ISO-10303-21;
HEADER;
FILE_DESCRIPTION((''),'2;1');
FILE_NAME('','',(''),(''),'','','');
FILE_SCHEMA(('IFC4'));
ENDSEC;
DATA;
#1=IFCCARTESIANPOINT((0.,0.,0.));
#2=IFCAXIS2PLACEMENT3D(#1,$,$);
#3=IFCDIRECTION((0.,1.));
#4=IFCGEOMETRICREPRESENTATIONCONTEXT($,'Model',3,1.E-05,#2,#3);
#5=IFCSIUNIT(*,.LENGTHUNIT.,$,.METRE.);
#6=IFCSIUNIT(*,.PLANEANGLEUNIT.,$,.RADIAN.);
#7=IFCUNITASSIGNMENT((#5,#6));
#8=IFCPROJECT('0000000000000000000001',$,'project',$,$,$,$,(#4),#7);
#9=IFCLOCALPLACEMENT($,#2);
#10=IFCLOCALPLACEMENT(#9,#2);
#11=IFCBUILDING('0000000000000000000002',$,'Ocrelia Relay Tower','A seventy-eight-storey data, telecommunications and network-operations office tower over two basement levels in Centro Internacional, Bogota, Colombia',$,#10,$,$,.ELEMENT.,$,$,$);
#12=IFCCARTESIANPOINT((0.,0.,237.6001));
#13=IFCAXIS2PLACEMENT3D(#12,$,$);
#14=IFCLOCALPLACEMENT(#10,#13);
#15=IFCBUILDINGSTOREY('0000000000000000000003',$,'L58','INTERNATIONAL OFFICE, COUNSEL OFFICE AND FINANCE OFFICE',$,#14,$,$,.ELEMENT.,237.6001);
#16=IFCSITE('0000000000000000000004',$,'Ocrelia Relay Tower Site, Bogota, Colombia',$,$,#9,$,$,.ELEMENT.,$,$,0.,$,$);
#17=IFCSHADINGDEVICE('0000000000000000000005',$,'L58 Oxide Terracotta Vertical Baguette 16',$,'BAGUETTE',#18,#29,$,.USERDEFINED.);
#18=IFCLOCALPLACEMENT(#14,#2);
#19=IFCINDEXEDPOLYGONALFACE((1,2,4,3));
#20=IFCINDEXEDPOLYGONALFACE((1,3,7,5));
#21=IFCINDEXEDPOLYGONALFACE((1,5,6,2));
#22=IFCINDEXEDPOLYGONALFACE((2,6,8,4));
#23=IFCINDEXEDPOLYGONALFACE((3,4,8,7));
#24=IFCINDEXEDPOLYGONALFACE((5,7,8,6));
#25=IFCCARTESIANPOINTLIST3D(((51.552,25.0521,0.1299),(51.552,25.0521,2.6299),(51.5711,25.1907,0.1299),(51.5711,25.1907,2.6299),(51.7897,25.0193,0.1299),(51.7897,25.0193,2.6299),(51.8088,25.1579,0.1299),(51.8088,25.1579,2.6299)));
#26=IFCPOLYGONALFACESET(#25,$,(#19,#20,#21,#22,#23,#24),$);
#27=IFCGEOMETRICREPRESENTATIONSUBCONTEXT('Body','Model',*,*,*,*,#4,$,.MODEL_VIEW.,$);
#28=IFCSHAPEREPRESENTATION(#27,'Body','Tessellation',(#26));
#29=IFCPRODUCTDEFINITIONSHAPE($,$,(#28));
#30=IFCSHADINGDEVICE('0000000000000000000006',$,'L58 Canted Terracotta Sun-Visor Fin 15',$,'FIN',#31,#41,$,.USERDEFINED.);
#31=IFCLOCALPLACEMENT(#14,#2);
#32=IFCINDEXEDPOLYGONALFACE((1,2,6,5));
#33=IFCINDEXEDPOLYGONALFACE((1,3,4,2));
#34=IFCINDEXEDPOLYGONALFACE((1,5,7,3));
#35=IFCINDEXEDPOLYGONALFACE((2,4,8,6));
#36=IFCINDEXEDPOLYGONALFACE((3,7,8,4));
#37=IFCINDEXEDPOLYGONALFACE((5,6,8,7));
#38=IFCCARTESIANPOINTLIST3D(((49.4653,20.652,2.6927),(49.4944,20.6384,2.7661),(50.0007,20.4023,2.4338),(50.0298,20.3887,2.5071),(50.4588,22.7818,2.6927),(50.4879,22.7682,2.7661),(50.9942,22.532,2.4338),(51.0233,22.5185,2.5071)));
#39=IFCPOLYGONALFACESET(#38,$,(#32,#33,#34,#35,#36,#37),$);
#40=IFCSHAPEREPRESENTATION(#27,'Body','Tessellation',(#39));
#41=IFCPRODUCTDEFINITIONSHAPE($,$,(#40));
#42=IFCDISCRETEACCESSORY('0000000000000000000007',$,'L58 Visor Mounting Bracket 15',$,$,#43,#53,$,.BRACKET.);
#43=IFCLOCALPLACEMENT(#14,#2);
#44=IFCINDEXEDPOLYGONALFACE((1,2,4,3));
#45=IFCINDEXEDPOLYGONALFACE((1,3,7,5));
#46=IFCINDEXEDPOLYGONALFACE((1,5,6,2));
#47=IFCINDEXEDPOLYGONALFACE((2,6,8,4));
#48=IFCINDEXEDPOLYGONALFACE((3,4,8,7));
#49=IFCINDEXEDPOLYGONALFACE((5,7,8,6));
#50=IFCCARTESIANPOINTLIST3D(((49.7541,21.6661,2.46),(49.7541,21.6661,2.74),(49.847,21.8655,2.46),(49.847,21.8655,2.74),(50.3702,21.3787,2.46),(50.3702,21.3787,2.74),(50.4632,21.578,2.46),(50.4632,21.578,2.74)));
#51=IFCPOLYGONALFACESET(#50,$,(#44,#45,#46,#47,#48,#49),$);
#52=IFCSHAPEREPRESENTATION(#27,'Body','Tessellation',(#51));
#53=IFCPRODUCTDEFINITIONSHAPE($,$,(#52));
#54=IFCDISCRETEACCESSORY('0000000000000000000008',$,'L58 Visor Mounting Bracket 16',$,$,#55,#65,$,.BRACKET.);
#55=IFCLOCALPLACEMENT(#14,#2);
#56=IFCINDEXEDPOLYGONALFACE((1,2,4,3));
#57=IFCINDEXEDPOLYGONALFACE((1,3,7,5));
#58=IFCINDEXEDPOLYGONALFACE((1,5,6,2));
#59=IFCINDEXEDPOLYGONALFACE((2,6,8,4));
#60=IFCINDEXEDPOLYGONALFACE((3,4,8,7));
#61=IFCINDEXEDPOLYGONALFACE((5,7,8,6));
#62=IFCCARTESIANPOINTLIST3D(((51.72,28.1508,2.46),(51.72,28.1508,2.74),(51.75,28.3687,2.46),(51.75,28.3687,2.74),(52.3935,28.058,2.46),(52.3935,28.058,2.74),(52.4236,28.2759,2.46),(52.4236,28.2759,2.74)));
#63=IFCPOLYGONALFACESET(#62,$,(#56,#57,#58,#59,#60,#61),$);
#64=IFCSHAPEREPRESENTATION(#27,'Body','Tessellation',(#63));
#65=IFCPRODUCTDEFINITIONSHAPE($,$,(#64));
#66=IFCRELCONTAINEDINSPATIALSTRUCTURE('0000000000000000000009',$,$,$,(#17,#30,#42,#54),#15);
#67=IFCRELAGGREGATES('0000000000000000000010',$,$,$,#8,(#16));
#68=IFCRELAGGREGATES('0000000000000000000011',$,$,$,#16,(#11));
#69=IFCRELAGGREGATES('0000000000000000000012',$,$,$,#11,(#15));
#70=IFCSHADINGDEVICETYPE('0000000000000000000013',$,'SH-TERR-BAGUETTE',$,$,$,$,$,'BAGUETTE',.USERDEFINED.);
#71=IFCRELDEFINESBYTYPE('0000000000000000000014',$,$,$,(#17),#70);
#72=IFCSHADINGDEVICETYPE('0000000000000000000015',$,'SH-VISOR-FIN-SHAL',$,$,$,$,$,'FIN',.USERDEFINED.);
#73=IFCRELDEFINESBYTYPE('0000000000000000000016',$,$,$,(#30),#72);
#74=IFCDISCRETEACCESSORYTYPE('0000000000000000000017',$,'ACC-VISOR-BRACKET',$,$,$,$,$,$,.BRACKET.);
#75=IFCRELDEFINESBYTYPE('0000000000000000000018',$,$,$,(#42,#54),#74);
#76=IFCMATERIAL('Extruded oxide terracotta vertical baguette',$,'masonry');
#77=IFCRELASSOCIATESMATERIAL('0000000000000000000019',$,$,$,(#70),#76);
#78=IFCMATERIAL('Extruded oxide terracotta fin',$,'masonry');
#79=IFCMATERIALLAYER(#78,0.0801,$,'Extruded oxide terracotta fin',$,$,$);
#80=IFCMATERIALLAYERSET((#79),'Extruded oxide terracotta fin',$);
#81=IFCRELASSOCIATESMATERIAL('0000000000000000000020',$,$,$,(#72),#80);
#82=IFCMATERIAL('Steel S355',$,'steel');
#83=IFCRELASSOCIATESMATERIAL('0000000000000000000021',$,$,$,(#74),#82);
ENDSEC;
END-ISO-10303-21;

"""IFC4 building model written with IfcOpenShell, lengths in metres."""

from ifc_helpers import new_model, si_unit, direction, frame, origin, origin_2d, place, context, subcontext, project, spatial, rectangle, extrude, material, layer, layer_set, type_object, element, save


model = new_model("IFC4")

# Units and contexts
model_context = context("Model", 3, precision=1e-05, world=origin(), true_north=direction((0.0, 1.0)))
body_context = subcontext(model_context, "Body", "Model", "MODEL_VIEW")
ifc_project = project(units=[si_unit("LENGTHUNIT", "METRE"), si_unit("PLANEANGLEUNIT", "RADIAN")], contexts=[model_context])

# Site, building, storey
site_placement = place(None, origin())
site = spatial("IfcSite", under=ifc_project, at=site_placement, Name="Ocrelia Relay Tower Site, Bogota, Colombia", CompositionType="ELEMENT", RefElevation=0.0)
building_placement = place(site_placement, origin())
building = spatial("IfcBuilding", under=site, at=building_placement, Name="Ocrelia Relay Tower", Description="A seventy-eight-storey data, telecommunications and network-operations office tower over two basement levels in Centro Internacional, Bogota, Colombia", CompositionType="ELEMENT")
storey_placement = place(building_placement, frame((0.0, 0.0, 237.6001)))
storey = spatial("IfcBuildingStorey", under=building, at=storey_placement, Name="L58", Description="INTERNATIONAL OFFICE, COUNSEL OFFICE AND FINANCE OFFICE", CompositionType="ELEMENT", Elevation=237.6001)

# Shared definitions
ifc_material_1 = material(Name="Steel S355", Category="steel")

# Shading devices
ifc_material_2 = material(Name="Extruded oxide terracotta vertical baguette", Category="masonry")
shading_device_type_1 = type_object("IfcShadingDeviceType", Name="SH-TERR-BAGUETTE", ElementType="BAGUETTE", PredefinedType="USERDEFINED", material=ifc_material_2)
shading_device_1_placement = place(storey_placement, frame((51.6804, 25.105, 0.1299), z_axis=(0.0, 0.0, 1.0), x_axis=(0.136516, 0.990638, 0.0)))
element("IfcShadingDevice", 1, at=shading_device_1_placement, inside=storey, type_object=shading_device_type_1, Name="L58 Oxide Terracotta Vertical Baguette 16", ObjectType="BAGUETTE", PredefinedType="USERDEFINED", context=body_context, shape_type="SweptSolid", body=[
    extrude(rectangle(XDim=0.1399, YDim=0.24, at=origin_2d()), origin(), (0.0, 0.0, 1.0), 2.5),
])
ifc_material_3 = material(Name="Extruded oxide terracotta fin", Category="masonry")
ifc_layer_1 = layer(ifc_material_3, 0.0801, Name="Extruded oxide terracotta fin")
ifc_layer_set_1 = layer_set([ifc_layer_1], Name="Extruded oxide terracotta fin")
shading_device_type_2 = type_object("IfcShadingDeviceType", Name="SH-VISOR-FIN-SHAL", ElementType="FIN", PredefinedType="USERDEFINED", material=ifc_layer_set_1)
shading_device_2_placement = place(storey_placement, frame((50.2297, 21.592, 2.5632), z_axis=(0.363828, -0.169724, 0.915873), x_axis=(0.422757, 0.906243, 0.0)))
element("IfcShadingDevice", 2, at=shading_device_2_placement, inside=storey, type_object=shading_device_type_2, Name="L58 Canted Terracotta Sun-Visor Fin 15", ObjectType="FIN", PredefinedType="USERDEFINED", context=body_context, shape_type="SweptSolid", body=[
    extrude(rectangle(XDim=2.3501, YDim=0.645, at=origin_2d()), origin(), (0.0, 0.0, 1.0), 0.0801),
])

# Discrete accessories
discrete_accessory_type = type_object("IfcDiscreteAccessoryType", Name="ACC-VISOR-BRACKET", PredefinedType="BRACKET", material=ifc_material_1)
for number, where, z_axis, x_axis, name in (
    (3, (50.1086, 21.6221, 2.46), (0.0, 0.0, 1.0), (0.422757, 0.906243, 0.0), "L58 Visor Mounting Bracket 15"),
    (4, (52.0718, 28.2134, 2.46), (0.0, 0.0, 1.0), (0.136516, 0.990638, 0.0), "L58 Visor Mounting Bracket 16"),
):
    element("IfcDiscreteAccessory", number, at=place(storey_placement, frame(where, z_axis=z_axis, x_axis=x_axis)), inside=storey, type_object=discrete_accessory_type, Name=name, PredefinedType="BRACKET", context=body_context, shape_type="SweptSolid", body=[
        extrude(rectangle(XDim=0.22, YDim=0.6799, at=origin_2d()), origin(), (0.0, 0.0, 1.0), 0.28),
    ])

save(model, "model.ifc")
